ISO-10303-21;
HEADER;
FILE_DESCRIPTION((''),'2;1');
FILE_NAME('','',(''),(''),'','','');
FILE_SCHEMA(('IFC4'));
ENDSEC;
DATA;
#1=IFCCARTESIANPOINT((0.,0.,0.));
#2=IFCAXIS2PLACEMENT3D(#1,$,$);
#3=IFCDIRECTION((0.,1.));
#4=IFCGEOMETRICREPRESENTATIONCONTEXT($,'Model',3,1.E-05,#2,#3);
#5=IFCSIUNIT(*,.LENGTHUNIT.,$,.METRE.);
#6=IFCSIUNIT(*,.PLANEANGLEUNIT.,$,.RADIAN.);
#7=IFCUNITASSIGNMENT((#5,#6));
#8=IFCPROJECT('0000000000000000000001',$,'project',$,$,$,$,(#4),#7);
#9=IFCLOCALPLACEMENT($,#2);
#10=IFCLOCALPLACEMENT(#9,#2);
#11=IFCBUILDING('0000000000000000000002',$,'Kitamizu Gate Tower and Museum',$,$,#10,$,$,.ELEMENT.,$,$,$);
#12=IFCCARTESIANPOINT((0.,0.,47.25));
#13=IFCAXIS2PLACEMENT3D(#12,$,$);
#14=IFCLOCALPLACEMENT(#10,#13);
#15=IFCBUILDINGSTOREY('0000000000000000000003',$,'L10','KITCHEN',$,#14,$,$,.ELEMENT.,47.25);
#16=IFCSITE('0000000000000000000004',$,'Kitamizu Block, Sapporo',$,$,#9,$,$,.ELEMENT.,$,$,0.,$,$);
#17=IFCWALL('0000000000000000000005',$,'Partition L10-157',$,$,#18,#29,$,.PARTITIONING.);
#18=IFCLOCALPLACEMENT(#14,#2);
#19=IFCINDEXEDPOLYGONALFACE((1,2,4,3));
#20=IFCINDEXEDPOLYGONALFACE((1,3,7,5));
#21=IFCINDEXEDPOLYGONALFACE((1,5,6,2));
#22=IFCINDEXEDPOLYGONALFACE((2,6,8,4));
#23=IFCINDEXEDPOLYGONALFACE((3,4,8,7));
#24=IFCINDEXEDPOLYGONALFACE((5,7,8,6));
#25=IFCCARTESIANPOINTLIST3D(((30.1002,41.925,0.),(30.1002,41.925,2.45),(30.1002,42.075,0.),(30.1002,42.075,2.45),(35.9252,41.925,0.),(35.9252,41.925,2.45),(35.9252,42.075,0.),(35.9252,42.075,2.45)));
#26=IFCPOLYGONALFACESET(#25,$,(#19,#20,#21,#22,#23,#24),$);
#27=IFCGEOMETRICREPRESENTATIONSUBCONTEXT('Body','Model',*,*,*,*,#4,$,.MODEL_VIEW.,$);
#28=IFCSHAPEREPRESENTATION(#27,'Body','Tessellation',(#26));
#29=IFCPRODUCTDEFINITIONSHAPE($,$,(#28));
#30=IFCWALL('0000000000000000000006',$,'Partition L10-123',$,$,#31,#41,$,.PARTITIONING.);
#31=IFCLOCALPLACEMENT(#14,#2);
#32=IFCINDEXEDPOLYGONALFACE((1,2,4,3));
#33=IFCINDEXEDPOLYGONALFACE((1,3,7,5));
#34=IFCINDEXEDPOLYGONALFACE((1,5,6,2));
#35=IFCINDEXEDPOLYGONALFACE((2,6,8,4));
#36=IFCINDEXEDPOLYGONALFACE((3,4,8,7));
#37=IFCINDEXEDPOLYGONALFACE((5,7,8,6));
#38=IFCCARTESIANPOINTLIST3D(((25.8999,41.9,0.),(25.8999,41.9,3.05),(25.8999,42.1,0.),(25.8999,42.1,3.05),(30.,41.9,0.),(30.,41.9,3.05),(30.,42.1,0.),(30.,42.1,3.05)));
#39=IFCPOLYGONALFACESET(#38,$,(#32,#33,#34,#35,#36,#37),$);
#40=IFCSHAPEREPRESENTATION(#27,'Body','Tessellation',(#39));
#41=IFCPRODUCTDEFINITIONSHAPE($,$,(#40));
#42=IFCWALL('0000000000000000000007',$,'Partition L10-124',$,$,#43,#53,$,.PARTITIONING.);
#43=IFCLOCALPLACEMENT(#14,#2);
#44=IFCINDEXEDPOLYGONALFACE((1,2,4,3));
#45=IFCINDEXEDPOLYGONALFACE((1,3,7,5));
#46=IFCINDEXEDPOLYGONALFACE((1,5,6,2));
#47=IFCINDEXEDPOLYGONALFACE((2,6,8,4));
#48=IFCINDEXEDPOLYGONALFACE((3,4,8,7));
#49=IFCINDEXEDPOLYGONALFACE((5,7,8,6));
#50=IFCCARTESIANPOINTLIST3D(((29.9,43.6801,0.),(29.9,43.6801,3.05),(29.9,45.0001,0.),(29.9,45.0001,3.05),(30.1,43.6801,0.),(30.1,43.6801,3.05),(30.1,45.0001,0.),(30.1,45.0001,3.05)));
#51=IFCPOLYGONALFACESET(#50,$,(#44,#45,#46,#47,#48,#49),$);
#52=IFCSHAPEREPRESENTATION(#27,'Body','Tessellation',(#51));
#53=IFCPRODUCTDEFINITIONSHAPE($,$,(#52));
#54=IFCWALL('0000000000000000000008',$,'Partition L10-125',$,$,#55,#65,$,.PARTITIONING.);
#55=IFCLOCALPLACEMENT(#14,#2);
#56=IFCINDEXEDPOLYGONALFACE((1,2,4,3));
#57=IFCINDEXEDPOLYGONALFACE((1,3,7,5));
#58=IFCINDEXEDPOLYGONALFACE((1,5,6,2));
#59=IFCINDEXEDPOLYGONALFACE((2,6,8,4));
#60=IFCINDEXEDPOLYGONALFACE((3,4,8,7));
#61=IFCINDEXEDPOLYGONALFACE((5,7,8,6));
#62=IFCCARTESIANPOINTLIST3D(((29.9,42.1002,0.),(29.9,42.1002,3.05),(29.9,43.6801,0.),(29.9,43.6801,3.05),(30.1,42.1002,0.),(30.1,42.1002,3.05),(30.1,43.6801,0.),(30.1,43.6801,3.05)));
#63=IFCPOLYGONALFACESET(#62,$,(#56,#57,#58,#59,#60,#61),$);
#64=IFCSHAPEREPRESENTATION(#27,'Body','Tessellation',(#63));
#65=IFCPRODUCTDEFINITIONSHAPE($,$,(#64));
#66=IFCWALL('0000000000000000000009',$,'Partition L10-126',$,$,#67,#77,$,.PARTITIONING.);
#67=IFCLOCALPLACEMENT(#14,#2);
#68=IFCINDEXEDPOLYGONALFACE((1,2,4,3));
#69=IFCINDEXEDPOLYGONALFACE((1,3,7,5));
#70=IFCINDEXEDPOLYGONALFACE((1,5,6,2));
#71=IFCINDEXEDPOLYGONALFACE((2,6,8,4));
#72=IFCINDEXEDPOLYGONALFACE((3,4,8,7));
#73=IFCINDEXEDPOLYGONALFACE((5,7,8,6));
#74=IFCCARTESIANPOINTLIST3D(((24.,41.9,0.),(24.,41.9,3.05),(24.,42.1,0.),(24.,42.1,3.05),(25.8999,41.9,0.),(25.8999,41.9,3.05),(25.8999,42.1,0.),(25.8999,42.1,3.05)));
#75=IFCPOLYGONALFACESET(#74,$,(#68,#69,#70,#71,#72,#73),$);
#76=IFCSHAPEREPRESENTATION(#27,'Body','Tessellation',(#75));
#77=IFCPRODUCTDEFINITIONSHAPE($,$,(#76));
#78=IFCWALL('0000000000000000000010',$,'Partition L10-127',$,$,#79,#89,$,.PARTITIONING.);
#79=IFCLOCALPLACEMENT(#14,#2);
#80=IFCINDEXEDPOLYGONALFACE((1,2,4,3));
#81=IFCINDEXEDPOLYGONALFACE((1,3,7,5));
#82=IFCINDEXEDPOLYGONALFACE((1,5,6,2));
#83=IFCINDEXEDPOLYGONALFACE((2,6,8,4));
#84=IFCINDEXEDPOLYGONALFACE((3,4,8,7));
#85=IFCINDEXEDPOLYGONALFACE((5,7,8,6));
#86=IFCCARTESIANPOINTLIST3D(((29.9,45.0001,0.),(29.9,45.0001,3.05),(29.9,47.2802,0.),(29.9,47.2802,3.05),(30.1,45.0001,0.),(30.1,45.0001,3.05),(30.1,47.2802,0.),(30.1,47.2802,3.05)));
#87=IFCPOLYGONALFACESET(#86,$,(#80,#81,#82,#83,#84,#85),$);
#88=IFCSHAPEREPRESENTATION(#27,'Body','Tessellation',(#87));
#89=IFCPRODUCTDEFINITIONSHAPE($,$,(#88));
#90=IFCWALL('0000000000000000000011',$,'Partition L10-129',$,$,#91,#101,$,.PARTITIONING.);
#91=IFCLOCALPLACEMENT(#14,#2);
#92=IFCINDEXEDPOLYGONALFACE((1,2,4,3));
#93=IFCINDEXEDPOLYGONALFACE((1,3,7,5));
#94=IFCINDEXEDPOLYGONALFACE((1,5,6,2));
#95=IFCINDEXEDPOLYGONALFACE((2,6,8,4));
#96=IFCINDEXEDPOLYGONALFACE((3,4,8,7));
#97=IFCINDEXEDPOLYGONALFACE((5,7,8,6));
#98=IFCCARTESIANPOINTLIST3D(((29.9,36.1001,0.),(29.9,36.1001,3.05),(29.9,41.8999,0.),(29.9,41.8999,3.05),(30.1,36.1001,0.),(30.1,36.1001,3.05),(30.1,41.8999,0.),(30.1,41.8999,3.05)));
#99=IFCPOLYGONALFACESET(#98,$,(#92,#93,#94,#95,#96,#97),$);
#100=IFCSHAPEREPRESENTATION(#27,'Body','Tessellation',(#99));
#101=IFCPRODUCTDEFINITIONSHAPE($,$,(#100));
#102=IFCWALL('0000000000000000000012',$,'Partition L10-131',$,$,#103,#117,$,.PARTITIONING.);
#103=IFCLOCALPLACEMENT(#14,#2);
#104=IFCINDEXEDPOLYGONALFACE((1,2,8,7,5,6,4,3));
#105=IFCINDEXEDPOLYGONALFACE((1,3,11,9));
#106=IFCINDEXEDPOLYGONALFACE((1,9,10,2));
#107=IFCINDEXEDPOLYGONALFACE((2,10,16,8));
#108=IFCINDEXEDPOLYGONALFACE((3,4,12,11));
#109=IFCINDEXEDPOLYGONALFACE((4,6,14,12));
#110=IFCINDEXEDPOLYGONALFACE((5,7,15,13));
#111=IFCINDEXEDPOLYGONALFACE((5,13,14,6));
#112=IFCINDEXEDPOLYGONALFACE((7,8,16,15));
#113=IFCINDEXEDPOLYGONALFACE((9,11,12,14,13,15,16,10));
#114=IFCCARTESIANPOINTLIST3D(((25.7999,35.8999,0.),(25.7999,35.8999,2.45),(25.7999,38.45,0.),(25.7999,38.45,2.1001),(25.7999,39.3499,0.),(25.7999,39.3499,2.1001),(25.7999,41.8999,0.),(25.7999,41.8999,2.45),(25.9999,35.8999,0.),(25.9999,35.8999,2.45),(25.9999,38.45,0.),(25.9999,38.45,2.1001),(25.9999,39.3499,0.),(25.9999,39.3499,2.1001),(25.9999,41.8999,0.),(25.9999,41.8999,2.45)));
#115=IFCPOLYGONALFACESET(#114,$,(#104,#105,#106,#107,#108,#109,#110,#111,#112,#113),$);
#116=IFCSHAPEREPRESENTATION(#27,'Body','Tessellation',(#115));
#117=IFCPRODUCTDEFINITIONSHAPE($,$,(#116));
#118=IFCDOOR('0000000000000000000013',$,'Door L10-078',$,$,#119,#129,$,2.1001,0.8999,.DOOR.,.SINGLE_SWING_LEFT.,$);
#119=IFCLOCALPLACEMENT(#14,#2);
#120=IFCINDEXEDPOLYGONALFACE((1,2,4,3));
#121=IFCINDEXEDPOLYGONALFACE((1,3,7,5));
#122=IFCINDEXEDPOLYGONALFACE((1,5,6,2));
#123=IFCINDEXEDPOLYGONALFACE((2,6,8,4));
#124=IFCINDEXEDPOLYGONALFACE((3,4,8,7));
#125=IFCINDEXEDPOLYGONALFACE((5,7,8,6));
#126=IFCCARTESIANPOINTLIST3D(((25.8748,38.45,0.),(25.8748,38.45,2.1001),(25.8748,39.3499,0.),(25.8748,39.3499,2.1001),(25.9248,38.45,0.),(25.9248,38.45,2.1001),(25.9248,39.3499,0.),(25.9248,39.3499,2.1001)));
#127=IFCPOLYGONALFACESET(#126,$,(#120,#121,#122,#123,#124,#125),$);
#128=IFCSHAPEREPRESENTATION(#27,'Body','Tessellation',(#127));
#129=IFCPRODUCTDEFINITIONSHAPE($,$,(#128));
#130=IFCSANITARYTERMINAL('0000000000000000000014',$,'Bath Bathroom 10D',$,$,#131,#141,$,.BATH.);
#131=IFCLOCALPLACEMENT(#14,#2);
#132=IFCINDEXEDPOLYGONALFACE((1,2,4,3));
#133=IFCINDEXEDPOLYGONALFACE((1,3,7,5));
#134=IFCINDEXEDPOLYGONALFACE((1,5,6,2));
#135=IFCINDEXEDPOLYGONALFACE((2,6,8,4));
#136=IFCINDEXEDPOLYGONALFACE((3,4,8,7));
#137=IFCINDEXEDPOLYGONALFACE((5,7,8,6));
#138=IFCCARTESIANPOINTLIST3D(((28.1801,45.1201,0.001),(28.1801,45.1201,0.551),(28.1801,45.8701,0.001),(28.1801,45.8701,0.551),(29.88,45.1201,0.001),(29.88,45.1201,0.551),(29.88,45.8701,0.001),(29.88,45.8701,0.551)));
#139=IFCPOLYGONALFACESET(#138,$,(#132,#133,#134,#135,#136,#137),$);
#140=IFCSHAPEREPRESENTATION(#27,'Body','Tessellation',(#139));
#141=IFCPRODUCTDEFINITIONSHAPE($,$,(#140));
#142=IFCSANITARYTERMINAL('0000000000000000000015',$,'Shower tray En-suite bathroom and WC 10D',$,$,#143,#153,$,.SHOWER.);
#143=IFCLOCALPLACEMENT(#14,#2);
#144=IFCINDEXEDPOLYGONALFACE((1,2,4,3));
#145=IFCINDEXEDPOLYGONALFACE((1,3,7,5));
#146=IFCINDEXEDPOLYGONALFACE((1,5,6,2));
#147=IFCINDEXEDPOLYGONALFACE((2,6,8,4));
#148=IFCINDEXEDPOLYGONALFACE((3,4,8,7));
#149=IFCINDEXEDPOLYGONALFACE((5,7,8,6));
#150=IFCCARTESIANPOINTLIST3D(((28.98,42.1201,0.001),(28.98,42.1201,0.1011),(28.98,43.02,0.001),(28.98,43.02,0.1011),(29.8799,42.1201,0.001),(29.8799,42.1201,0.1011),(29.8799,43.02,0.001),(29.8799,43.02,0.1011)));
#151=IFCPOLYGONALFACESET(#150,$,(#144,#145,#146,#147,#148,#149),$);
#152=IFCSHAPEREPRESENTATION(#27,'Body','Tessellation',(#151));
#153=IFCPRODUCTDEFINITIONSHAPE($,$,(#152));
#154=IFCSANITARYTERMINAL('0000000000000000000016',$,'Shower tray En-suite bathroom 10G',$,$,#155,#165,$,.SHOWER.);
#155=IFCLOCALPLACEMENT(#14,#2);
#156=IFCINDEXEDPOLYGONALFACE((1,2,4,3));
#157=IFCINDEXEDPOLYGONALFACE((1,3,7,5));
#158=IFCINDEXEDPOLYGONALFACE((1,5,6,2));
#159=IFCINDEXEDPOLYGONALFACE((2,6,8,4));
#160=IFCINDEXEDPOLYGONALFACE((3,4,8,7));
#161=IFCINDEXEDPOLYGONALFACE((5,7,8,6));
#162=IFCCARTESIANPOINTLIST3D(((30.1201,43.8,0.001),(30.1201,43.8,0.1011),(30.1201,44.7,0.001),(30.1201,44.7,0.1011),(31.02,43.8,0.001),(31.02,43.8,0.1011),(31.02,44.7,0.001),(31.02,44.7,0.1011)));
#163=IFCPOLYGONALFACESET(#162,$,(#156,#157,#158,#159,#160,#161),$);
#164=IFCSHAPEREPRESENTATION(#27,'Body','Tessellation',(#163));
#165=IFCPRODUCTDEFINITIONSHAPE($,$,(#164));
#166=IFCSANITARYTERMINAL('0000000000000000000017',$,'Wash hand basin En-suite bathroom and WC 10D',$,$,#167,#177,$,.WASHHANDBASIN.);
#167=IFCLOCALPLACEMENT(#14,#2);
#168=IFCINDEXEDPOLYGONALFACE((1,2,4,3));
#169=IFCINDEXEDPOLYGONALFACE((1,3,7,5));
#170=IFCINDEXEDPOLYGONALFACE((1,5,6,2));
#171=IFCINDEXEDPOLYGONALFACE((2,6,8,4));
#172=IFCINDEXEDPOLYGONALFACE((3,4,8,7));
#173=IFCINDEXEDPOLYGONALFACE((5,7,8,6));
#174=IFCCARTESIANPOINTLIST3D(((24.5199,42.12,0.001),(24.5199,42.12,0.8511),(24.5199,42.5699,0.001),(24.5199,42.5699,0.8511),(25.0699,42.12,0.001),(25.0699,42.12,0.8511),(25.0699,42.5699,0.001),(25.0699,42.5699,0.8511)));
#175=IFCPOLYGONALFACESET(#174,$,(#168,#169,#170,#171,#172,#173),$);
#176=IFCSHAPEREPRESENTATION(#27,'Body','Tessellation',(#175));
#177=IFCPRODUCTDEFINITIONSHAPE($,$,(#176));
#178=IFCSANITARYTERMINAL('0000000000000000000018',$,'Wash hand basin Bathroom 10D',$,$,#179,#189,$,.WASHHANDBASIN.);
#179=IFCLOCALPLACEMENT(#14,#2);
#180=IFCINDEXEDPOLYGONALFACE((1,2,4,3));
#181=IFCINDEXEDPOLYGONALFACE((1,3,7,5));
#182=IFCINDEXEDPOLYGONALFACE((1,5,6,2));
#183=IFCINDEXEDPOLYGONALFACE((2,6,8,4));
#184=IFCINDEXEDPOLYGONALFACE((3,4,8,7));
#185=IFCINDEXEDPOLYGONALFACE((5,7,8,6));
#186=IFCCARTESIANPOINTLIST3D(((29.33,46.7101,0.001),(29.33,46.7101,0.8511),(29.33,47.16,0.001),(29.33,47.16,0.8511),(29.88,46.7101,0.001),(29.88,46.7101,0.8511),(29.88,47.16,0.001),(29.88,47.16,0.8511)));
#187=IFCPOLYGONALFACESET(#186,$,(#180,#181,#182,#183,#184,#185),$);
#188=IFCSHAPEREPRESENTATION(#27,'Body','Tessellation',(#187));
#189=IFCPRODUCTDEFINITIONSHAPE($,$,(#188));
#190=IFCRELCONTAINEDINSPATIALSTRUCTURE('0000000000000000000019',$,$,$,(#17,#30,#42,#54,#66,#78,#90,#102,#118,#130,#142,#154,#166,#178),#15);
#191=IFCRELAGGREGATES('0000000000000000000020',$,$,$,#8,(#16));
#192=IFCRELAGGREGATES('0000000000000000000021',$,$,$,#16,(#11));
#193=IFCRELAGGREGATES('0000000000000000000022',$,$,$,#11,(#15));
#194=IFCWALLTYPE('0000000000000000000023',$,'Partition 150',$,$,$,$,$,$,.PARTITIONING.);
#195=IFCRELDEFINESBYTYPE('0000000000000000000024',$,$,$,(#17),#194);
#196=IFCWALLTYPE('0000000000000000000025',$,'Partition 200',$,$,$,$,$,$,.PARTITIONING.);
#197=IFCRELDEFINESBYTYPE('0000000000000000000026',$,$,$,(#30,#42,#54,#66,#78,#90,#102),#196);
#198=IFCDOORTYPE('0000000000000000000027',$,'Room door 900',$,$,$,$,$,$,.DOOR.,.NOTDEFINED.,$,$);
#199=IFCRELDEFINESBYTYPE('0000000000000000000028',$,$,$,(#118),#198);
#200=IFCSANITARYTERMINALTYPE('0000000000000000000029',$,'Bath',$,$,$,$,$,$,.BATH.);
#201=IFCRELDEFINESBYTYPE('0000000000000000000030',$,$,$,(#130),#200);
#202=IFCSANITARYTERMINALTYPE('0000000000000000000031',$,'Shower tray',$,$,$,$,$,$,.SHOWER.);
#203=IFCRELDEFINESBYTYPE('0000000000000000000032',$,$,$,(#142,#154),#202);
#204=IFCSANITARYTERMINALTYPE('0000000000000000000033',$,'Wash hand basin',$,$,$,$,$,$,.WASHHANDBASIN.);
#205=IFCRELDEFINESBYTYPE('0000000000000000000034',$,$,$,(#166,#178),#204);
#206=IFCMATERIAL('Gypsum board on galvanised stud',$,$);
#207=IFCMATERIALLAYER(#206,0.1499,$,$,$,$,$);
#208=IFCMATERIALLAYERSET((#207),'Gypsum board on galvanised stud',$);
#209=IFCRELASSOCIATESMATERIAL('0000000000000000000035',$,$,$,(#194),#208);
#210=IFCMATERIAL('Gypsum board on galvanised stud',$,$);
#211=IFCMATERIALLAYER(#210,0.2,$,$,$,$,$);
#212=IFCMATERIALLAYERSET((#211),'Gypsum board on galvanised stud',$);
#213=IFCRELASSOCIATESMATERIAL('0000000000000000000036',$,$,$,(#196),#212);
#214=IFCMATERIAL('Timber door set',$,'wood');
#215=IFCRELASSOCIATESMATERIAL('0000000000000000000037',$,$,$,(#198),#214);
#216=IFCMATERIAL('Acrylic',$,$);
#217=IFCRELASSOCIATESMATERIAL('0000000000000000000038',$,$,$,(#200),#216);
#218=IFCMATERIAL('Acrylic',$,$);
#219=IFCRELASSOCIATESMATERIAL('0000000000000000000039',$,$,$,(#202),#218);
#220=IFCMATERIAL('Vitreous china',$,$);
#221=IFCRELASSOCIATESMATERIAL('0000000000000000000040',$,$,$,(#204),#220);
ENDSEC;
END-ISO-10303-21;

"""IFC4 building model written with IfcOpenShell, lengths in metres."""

from ifc_helpers import new_model, si_unit, direction, frame, frame_2d, origin, origin_2d, place, context, subcontext, project, spatial, rectangle, extrude, material, layer, layer_set, type_object, element, fill, save


model = new_model("IFC4")

# Units and contexts
model_context = context("Model", 3, precision=1e-05, world=origin(), true_north=direction((0.0, 1.0)))
body_context = subcontext(model_context, "Body", "Model", "MODEL_VIEW")
ifc_project = project(units=[si_unit("LENGTHUNIT", "METRE"), si_unit("PLANEANGLEUNIT", "RADIAN")], contexts=[model_context])

# Site, building, storey
site_placement = place(None, origin())
site = spatial("IfcSite", under=ifc_project, at=site_placement, Name="Kitamizu Block, Sapporo", CompositionType="ELEMENT", RefElevation=0.0)
building_placement = place(site_placement, origin())
building = spatial("IfcBuilding", under=site, at=building_placement, Name="Kitamizu Gate Tower and Museum", CompositionType="ELEMENT")
storey_placement = place(building_placement, frame((0.0, 0.0, 47.25)))
storey = spatial("IfcBuildingStorey", under=building, at=storey_placement, Name="L10", Description="KITCHEN", CompositionType="ELEMENT", Elevation=47.25)

# Shared definitions
ifc_material_1 = material(Name="Gypsum board on galvanised stud")
ifc_layer_1 = layer(ifc_material_1, 0.1499)
ifc_layer_set_1 = layer_set([ifc_layer_1], Name="Gypsum board on galvanised stud")
wall_type_1 = type_object("IfcWallType", Name="Partition 150", PredefinedType="PARTITIONING", material=ifc_layer_set_1)

# Walls
wall_1_placement = place(storey_placement, frame((30.1001, 42.0, 0.0), z_axis=(0.0, 0.0, 1.0), x_axis=(1.0, 0.0, 0.0)))
element("IfcWall", 1, at=wall_1_placement, inside=storey, type_object=wall_type_1, Name="Partition L10-157", PredefinedType="PARTITIONING", context=body_context, shape_type="SweptSolid", body=[
    extrude(rectangle(XDim=5.825, YDim=0.1499, at=frame_2d((2.9126, 0.0))), origin(), (0.0, 0.0, 1.0), 2.45),
])
ifc_material_2 = material(Name="Gypsum board on galvanised stud")
ifc_layer_2 = layer(ifc_material_2, 0.2)
ifc_layer_set_2 = layer_set([ifc_layer_2], Name="Gypsum board on galvanised stud")
wall_type_2 = type_object("IfcWallType", Name="Partition 200", PredefinedType="PARTITIONING", material=ifc_layer_set_2)
wall_2_placement = place(storey_placement, frame((25.8999, 42.0, 0.0), z_axis=(0.0, 0.0, 1.0), x_axis=(1.0, 0.0, 0.0)))
element("IfcWall", 2, at=wall_2_placement, inside=storey, type_object=wall_type_2, Name="Partition L10-123", PredefinedType="PARTITIONING", context=body_context, shape_type="SweptSolid", body=[
    extrude(rectangle(XDim=4.1001, YDim=0.2, at=frame_2d((2.05, 0.0))), origin(), (0.0, 0.0, 1.0), 3.05),
])
wall_3_placement = place(storey_placement, frame((30.0, 43.6799, 0.0), z_axis=(0.0, 0.0, 1.0), x_axis=(0.0, 1.0, 0.0)))
element("IfcWall", 3, at=wall_3_placement, inside=storey, type_object=wall_type_2, Name="Partition L10-124", PredefinedType="PARTITIONING", context=body_context, shape_type="SweptSolid", body=[
    extrude(rectangle(XDim=1.3201, YDim=0.2, at=frame_2d((0.6602, 0.0))), origin(), (0.0, 0.0, 1.0), 3.05),
])
wall_4_placement = place(storey_placement, frame((30.0, 42.1001, 0.0), z_axis=(0.0, 0.0, 1.0), x_axis=(0.0, 1.0, 0.0)))
element("IfcWall", 4, at=wall_4_placement, inside=storey, type_object=wall_type_2, Name="Partition L10-125", PredefinedType="PARTITIONING", context=body_context, shape_type="SweptSolid", body=[
    extrude(rectangle(XDim=1.5798, YDim=0.2, at=frame_2d((0.79, 0.0))), origin(), (0.0, 0.0, 1.0), 3.05),
])
wall_5_placement = place(storey_placement, frame((24.0, 42.0, 0.0), z_axis=(0.0, 0.0, 1.0), x_axis=(1.0, 0.0, 0.0)))
element("IfcWall", 5, at=wall_5_placement, inside=storey, type_object=wall_type_2, Name="Partition L10-126", PredefinedType="PARTITIONING", context=body_context, shape_type="SweptSolid", body=[
    extrude(rectangle(XDim=1.8999, YDim=0.2, at=frame_2d((0.95, 0.0))), origin(), (0.0, 0.0, 1.0), 3.05),
])
wall_6_placement = place(storey_placement, frame((30.0, 45.0, 0.0), z_axis=(0.0, 0.0, 1.0), x_axis=(0.0, 1.0, 0.0)))
element("IfcWall", 6, at=wall_6_placement, inside=storey, type_object=wall_type_2, Name="Partition L10-127", PredefinedType="PARTITIONING", context=body_context, shape_type="SweptSolid", body=[
    extrude(rectangle(XDim=2.28, YDim=0.2, at=frame_2d((1.1401, 0.0))), origin(), (0.0, 0.0, 1.0), 3.05),
])
wall_7_placement = place(storey_placement, frame((30.0, 36.1001, 0.0), z_axis=(0.0, 0.0, 1.0), x_axis=(0.0, 1.0, 0.0)))
element("IfcWall", 7, at=wall_7_placement, inside=storey, type_object=wall_type_2, Name="Partition L10-129", PredefinedType="PARTITIONING", context=body_context, shape_type="SweptSolid", body=[
    extrude(rectangle(XDim=5.7998, YDim=0.2, at=frame_2d((2.8999, 0.0))), origin(), (0.0, 0.0, 1.0), 3.05),
])

# Wall, opening, door
wall_8_placement = place(storey_placement, frame((25.8999, 41.8999, 0.0), z_axis=(0.0, 0.0, 1.0), x_axis=(0.0, -1.0, 0.0)))
wall_8 = element("IfcWall", 8, at=wall_8_placement, inside=storey, type_object=wall_type_2, Name="Partition L10-131", PredefinedType="PARTITIONING", context=body_context, shape_type="SweptSolid", body=[
    extrude(rectangle(XDim=6.0, YDim=0.2, at=frame_2d((3.0, 0.0))), origin(), (0.0, 0.0, 1.0), 2.45),
])
opening_1_placement = place(wall_8_placement, frame((2.55, 0.0, 0.0)))
opening_1 = element("IfcOpeningElement", 9, at=opening_1_placement, cuts=wall_8, PredefinedType="OPENING", context=body_context, shape_type="SweptSolid", body=[
    extrude(rectangle(XDim=0.8999, YDim=2.1001, at=frame_2d((0.45, 1.05))), frame((0.0, 0.1099, 0.0), z_axis=(0.0, -1.0, 0.0), x_axis=(1.0, 0.0, 0.0)), (0.0, 0.0, 1.0), 0.22),
])
ifc_material_3 = material(Name="Timber door set", Category="wood")
door_type_1 = type_object("IfcDoorType", Name="Room door 900", OperationType="NOTDEFINED", PredefinedType="DOOR", material=ifc_material_3)
door_1_placement = place(opening_1_placement, origin())
door_1 = element("IfcDoor", 10, at=door_1_placement, inside=storey, type_object=door_type_1, Name="Door L10-078", OperationType="SINGLE_SWING_LEFT", OverallHeight=2.1001, OverallWidth=0.8999, PredefinedType="DOOR", context=body_context, shape_type="SweptSolid", body=[
    extrude(rectangle(XDim=0.8999, YDim=2.1001, at=frame_2d((0.45, 1.05))), frame((0.0, 0.0249, 0.0), z_axis=(0.0, -1.0, 0.0), x_axis=(1.0, 0.0, 0.0)), (0.0, 0.0, 1.0), 0.05),
])
fill(opening_1, door_1)

# Sanitary terminals
ifc_material_4 = material(Name="Acrylic")
sanitary_terminal_type_1 = type_object("IfcSanitaryTerminalType", Name="Bath", PredefinedType="BATH", material=ifc_material_4)
sanitary_terminal_placement = place(storey_placement, frame((29.03, 45.4951, 0.001), z_axis=(0.0, 0.0, 1.0), x_axis=(1.0, 0.0, 0.0)))
element("IfcSanitaryTerminal", 11, at=sanitary_terminal_placement, inside=storey, type_object=sanitary_terminal_type_1, Name="Bath Bathroom 10D", PredefinedType="BATH", context=body_context, shape_type="SweptSolid", body=[
    extrude(rectangle(XDim=1.7, YDim=0.75, at=origin_2d()), origin(), (0.0, 0.0, 1.0), 0.55),
])
ifc_material_5 = material(Name="Acrylic")
sanitary_terminal_type_2 = type_object("IfcSanitaryTerminalType", Name="Shower tray", PredefinedType="SHOWER", material=ifc_material_5)
for number, where, z_axis, x_axis, name in (
    (12, (29.4299, 42.5701, 0.001), (0.0, 0.0, 1.0), (1.0, 0.0, 0.0), "Shower tray En-suite bathroom and WC 10D"),
    (13, (30.5701, 44.25, 0.001), (0.0, 0.0, 1.0), (1.0, 0.0, 0.0), "Shower tray En-suite bathroom 10G"),
):
    element("IfcSanitaryTerminal", number, at=place(storey_placement, frame(where, z_axis=z_axis, x_axis=x_axis)), inside=storey, type_object=sanitary_terminal_type_2, Name=name, PredefinedType="SHOWER", context=body_context, shape_type="SweptSolid", body=[
        extrude(rectangle(XDim=0.8999, YDim=0.8999, at=origin_2d()), origin(), (0.0, 0.0, 1.0), 0.1001),
    ])
ifc_material_6 = material(Name="Vitreous china")
sanitary_terminal_type_3 = type_object("IfcSanitaryTerminalType", Name="Wash hand basin", PredefinedType="WASHHANDBASIN", material=ifc_material_6)
for number, where, z_axis, x_axis, name in (
    (14, (24.7949, 42.345, 0.001), (0.0, 0.0, 1.0), (1.0, 0.0, 0.0), "Wash hand basin En-suite bathroom and WC 10D"),
    (15, (29.605, 46.9351, 0.001), (0.0, 0.0, 1.0), (1.0, 0.0, 0.0), "Wash hand basin Bathroom 10D"),
):
    element("IfcSanitaryTerminal", number, at=place(storey_placement, frame(where, z_axis=z_axis, x_axis=x_axis)), inside=storey, type_object=sanitary_terminal_type_3, Name=name, PredefinedType="WASHHANDBASIN", context=body_context, shape_type="SweptSolid", body=[
        extrude(rectangle(XDim=0.55, YDim=0.45, at=origin_2d()), origin(), (0.0, 0.0, 1.0), 0.8501),
    ])

save(model, "model.ifc")
